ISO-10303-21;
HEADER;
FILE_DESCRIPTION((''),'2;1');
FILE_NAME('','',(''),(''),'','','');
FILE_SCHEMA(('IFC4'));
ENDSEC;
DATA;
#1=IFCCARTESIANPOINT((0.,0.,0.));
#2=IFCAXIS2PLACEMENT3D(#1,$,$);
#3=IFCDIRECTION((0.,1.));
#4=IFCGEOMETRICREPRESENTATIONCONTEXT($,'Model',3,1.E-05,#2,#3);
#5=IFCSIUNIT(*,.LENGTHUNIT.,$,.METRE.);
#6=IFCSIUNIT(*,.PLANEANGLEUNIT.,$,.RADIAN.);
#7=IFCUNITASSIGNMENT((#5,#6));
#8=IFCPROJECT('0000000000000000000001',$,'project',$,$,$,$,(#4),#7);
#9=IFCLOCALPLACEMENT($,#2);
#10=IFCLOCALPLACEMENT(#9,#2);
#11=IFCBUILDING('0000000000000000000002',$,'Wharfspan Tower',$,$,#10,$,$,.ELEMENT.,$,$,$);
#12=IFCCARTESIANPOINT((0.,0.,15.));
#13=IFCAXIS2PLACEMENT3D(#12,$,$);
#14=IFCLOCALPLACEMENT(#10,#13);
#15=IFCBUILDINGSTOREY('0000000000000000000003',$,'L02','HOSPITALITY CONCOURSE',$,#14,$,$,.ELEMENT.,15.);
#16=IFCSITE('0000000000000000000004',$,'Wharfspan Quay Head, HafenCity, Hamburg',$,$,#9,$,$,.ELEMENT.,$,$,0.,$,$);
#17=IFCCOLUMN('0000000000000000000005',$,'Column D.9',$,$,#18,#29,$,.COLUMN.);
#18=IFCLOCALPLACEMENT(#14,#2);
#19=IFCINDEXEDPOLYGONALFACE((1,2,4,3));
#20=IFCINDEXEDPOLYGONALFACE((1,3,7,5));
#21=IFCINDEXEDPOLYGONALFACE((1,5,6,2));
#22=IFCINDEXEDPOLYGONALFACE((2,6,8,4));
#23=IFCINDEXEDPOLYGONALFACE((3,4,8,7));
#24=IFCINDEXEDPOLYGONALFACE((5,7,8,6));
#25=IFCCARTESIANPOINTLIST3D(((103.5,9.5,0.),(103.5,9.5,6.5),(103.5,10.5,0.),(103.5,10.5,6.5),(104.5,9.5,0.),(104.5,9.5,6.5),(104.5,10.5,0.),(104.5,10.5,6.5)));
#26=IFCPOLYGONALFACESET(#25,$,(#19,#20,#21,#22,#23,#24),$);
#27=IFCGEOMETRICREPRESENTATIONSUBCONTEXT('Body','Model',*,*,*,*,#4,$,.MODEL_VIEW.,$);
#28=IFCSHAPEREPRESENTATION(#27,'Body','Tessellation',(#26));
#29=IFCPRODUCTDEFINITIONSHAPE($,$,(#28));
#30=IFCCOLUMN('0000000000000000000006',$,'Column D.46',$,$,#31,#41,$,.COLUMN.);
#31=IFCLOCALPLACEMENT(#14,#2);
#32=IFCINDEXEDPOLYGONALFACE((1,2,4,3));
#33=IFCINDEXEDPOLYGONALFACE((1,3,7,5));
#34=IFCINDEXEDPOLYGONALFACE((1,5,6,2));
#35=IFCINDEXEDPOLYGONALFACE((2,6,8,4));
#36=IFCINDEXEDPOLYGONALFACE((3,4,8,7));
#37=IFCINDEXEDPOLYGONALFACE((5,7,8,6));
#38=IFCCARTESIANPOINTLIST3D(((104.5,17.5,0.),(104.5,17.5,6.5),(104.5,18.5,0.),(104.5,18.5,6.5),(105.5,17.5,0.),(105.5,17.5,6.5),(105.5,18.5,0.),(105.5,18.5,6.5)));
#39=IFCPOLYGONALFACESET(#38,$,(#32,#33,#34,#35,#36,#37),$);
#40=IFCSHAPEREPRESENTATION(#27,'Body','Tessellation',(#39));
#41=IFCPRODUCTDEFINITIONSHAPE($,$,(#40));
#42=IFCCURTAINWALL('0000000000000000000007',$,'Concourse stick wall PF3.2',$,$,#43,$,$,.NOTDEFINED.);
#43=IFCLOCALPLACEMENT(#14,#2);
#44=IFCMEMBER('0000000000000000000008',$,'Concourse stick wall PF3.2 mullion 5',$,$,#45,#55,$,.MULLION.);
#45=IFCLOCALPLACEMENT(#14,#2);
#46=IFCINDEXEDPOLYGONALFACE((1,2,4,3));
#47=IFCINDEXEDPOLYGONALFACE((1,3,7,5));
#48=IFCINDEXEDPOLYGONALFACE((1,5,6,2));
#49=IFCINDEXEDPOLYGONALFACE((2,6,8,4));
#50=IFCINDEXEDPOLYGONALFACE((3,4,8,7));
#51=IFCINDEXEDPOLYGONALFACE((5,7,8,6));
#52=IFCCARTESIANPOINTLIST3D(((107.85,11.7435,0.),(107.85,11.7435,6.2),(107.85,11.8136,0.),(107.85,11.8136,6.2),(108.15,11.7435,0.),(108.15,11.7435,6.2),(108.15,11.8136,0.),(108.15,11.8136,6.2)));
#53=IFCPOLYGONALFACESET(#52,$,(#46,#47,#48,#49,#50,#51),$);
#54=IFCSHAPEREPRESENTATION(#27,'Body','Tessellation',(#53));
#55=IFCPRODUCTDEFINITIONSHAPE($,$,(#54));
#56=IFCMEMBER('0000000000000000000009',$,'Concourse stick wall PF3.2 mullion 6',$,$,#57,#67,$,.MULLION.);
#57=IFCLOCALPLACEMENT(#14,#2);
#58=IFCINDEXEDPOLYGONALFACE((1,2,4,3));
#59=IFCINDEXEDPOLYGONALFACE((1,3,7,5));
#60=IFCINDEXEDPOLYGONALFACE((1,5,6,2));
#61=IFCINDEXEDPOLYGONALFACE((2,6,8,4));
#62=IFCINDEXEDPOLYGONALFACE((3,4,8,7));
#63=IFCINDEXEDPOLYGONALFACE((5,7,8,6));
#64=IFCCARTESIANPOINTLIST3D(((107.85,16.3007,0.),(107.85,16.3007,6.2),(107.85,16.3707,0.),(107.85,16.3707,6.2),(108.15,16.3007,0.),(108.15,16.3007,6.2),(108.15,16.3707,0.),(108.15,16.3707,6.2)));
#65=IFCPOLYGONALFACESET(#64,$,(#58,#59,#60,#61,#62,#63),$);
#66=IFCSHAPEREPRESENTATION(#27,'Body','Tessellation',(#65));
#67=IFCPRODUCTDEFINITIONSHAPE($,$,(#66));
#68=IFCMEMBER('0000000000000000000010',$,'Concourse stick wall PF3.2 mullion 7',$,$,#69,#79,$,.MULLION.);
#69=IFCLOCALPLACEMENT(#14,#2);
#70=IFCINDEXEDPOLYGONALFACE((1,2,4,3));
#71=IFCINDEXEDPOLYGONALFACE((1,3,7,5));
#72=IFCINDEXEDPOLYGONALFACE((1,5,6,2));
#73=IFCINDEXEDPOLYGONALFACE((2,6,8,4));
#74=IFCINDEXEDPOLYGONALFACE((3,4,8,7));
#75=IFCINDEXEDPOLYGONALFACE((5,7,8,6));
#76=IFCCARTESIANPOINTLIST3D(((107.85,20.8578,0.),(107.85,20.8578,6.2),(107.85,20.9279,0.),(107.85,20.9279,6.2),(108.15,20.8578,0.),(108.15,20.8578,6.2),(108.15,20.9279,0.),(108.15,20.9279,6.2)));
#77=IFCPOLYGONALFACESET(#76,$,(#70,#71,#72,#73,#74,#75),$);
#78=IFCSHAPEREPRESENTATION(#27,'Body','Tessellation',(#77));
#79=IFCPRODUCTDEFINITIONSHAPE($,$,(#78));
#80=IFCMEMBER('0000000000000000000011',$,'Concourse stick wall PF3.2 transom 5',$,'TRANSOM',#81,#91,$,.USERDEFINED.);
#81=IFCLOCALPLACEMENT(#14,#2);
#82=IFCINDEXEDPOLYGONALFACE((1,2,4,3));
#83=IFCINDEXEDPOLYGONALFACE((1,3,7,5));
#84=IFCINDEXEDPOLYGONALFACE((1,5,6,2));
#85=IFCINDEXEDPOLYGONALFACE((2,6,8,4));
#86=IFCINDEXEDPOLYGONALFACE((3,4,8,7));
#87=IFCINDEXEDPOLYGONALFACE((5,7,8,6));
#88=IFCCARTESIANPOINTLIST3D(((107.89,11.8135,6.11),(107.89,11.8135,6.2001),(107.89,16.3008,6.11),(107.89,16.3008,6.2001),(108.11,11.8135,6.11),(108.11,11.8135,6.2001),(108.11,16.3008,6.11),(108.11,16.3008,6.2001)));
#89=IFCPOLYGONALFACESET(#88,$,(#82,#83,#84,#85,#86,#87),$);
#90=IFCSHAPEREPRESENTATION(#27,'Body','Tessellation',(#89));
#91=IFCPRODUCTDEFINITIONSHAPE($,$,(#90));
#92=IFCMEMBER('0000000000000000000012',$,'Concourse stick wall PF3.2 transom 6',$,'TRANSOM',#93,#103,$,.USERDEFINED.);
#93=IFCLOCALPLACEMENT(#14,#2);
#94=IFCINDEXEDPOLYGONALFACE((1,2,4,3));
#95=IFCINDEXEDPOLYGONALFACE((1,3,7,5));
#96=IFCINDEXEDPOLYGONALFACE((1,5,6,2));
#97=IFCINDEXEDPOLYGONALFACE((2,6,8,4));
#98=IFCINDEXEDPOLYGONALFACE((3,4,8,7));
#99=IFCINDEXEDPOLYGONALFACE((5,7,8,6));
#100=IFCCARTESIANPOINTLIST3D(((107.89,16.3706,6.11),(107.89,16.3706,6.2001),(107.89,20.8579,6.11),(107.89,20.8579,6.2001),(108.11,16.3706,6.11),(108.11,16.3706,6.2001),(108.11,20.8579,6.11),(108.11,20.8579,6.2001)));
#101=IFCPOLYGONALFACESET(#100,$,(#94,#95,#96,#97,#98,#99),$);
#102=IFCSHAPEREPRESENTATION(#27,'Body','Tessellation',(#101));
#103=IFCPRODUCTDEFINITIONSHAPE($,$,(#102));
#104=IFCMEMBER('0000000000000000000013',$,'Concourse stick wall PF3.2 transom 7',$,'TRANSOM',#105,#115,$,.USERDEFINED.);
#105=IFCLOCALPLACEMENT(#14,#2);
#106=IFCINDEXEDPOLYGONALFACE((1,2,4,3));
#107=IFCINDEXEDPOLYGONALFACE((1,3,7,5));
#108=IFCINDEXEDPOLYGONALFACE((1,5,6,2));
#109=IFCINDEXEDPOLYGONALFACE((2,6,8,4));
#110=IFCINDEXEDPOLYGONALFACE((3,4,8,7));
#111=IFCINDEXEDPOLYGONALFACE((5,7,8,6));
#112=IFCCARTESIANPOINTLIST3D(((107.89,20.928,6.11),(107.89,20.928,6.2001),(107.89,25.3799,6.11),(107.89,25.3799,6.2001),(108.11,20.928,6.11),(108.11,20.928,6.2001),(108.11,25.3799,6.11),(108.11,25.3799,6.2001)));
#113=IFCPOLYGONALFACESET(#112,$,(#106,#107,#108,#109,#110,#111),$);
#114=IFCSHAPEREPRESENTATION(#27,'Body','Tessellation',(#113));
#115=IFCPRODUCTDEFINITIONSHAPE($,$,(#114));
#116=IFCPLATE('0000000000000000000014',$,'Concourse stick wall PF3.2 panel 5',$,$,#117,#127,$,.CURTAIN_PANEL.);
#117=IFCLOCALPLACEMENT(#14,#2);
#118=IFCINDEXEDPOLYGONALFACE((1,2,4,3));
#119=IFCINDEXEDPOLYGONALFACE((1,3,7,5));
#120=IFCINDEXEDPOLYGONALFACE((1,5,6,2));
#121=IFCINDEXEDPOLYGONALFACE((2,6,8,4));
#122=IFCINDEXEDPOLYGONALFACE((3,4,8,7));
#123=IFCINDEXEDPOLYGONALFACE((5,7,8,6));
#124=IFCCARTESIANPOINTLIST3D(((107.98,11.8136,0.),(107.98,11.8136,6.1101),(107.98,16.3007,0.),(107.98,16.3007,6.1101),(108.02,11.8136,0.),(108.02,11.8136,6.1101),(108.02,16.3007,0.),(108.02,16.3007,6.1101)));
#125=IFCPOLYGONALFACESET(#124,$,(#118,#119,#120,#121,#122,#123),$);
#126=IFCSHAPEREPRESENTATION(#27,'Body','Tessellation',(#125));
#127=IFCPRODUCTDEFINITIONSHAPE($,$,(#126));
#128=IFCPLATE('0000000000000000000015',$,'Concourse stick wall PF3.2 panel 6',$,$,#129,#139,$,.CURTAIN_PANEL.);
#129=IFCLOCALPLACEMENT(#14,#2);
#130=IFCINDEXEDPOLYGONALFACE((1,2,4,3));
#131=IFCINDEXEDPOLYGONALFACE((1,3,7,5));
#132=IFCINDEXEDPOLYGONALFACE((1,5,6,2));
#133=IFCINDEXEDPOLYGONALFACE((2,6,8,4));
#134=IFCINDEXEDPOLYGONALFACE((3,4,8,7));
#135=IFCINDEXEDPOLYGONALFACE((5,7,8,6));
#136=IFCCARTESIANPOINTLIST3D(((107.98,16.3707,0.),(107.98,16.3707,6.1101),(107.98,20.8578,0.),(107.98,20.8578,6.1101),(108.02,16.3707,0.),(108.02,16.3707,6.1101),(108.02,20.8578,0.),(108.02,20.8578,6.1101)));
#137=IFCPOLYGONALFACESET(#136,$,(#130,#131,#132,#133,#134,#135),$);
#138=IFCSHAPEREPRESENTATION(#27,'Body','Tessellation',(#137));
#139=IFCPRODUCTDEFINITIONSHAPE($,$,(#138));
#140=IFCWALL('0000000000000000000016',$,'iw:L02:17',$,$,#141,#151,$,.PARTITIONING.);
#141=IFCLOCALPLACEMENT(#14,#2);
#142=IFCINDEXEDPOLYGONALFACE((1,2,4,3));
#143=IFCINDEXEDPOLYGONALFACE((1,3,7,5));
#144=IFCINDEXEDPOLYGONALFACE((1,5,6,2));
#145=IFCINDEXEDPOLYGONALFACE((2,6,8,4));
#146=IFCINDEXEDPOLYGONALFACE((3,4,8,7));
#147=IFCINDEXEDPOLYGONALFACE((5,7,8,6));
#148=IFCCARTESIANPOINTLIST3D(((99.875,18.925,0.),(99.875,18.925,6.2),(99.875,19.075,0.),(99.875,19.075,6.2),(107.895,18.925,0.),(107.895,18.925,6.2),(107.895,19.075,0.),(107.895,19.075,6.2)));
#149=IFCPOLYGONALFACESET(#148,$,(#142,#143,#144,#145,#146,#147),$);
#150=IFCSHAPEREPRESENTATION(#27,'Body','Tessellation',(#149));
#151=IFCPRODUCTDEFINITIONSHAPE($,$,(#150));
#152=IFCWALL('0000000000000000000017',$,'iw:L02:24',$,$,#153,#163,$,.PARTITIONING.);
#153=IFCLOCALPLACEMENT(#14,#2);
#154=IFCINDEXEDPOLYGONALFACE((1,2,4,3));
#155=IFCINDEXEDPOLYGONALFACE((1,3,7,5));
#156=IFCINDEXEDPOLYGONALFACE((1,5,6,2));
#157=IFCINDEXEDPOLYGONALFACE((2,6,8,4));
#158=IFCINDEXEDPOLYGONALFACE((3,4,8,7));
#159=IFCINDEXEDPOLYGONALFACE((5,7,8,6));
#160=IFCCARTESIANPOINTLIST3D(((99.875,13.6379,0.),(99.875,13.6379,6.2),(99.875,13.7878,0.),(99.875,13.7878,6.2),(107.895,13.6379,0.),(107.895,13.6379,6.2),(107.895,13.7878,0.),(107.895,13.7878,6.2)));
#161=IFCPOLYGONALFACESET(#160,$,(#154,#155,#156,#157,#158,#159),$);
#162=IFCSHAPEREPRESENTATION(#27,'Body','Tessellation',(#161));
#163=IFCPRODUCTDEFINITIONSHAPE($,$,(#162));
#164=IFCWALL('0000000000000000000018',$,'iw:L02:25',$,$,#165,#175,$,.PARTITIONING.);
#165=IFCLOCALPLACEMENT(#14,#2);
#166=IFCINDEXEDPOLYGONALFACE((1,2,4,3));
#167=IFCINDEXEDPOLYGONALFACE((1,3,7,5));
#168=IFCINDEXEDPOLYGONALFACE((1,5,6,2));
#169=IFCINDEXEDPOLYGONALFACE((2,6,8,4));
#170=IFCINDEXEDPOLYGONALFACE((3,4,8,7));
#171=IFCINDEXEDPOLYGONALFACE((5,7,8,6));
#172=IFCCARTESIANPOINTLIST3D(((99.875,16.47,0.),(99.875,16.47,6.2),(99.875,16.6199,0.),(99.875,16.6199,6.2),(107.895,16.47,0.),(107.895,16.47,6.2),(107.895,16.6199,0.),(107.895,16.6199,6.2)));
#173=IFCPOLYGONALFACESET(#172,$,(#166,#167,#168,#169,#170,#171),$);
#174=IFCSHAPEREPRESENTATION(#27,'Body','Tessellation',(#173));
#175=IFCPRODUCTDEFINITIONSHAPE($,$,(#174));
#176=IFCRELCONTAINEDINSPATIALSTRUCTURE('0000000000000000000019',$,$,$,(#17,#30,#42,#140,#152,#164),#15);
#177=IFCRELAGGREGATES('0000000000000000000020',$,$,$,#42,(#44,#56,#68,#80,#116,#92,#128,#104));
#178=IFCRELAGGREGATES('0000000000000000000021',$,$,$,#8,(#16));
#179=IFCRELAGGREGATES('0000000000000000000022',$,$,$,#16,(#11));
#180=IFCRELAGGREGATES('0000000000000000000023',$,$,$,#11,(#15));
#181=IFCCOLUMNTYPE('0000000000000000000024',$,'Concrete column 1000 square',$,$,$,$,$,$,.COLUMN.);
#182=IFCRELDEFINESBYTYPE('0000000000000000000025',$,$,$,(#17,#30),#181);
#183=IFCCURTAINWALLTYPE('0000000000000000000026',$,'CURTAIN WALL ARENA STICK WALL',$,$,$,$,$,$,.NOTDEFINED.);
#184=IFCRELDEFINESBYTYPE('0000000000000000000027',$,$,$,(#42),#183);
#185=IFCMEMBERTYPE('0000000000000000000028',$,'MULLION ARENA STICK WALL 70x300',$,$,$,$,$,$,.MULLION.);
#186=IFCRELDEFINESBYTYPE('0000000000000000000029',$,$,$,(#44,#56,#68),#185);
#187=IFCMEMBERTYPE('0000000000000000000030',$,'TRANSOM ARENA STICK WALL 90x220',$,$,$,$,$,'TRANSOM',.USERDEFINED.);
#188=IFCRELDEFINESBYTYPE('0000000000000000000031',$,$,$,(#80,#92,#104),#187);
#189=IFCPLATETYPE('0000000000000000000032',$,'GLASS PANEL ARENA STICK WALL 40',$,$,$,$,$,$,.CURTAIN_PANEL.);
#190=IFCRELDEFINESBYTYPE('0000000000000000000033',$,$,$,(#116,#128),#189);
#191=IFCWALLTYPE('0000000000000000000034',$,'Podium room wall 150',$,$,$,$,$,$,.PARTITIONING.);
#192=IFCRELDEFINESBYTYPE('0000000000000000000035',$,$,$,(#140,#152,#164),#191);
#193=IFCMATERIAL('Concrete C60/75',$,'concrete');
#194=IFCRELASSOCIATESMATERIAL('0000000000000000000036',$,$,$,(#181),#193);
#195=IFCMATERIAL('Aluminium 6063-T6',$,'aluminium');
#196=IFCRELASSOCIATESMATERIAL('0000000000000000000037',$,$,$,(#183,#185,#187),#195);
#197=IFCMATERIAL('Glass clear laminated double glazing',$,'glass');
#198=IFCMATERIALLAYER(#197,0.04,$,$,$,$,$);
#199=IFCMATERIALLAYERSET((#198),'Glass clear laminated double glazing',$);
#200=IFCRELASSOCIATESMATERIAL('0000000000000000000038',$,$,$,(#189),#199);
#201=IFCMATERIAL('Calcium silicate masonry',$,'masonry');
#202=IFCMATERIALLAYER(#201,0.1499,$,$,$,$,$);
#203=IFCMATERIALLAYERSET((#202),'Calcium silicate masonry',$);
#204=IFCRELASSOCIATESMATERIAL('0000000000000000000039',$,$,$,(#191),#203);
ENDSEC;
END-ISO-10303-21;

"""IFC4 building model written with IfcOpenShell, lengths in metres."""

from ifc_helpers import new_model, si_unit, direction, frame, frame_2d, origin, origin_2d, place, context, subcontext, project, spatial, rectangle, extrude, material, layer, layer_set, material_profile, profile_set, type_object, element, aggregate, save


model = new_model("IFC4")

# Units and contexts
model_context = context("Model", 3, precision=1e-05, world=origin(), true_north=direction((0.0, 1.0)))
body_context = subcontext(model_context, "Body", "Model", "MODEL_VIEW")
ifc_project = project(units=[si_unit("LENGTHUNIT", "METRE"), si_unit("PLANEANGLEUNIT", "RADIAN")], contexts=[model_context])

# Site, building, storey
site_placement = place(None, origin())
site = spatial("IfcSite", under=ifc_project, at=site_placement, Name="Wharfspan Quay Head, HafenCity, Hamburg", CompositionType="ELEMENT", RefElevation=0.0)
building_placement = place(site_placement, origin())
building = spatial("IfcBuilding", under=site, at=building_placement, Name="Wharfspan Tower", CompositionType="ELEMENT")
storey_placement = place(building_placement, frame((0.0, 0.0, 15.0)))
storey = spatial("IfcBuildingStorey", under=building, at=storey_placement, Name="L02", Description="HOSPITALITY CONCOURSE", CompositionType="ELEMENT", Elevation=15.0)

# Columns
ifc_material_1 = material(Name="Concrete C60/75", Category="concrete")
ifc_material_profile_1 = material_profile(ifc_material_1, rectangle(XDim=1.0, YDim=1.0, at=origin_2d()))
ifc_profile_set_1 = profile_set([ifc_material_profile_1], Name="Concrete C60/75")
column_type = type_object("IfcColumnType", Name="Concrete column 1000 square", PredefinedType="COLUMN", material=ifc_profile_set_1)
for number, where, z_axis, x_axis, name in (
    (1, (104.0, 10.0, 0.0), (0.0, 0.0, 1.0), (1.0, 0.0, 0.0), "Column D.9"),
    (2, (105.0, 18.0, 0.0), (0.0, 0.0, 1.0), (1.0, 0.0, 0.0), "Column D.46"),
):
    element("IfcColumn", number, at=place(storey_placement, frame(where, z_axis=z_axis, x_axis=x_axis)), inside=storey, type_object=column_type, Name=name, PredefinedType="COLUMN", context=body_context, shape_type="SweptSolid", body=[
        extrude(rectangle(XDim=1.0, YDim=1.0, at=origin_2d()), origin(), (0.0, 0.0, 1.0), 6.5),
    ])

# Curtain wall, members, plates
ifc_material_2 = material(Name="Aluminium 6063-T6", Category="aluminium")
curtain_wall_type = type_object("IfcCurtainWallType", Name="CURTAIN WALL ARENA STICK WALL", PredefinedType="NOTDEFINED", material=ifc_material_2)
curtain_wall_placement = place(storey_placement, origin())
curtain_wall = element("IfcCurtainWall", 3, at=curtain_wall_placement, inside=storey, type_object=curtain_wall_type, Name="Concourse stick wall PF3.2", PredefinedType="NOTDEFINED")
ifc_material_profile_2 = material_profile(ifc_material_2, rectangle(XDim=0.3, YDim=0.0701, at=origin_2d()))
ifc_profile_set_2 = profile_set([ifc_material_profile_2], Name="Aluminium 6063-T6")
member_type_1 = type_object("IfcMemberType", Name="MULLION ARENA STICK WALL 70x300", PredefinedType="MULLION", material=ifc_profile_set_2)
member_1_placement = place(storey_placement, frame((108.0, 11.7786, 0.0), z_axis=(0.0, 0.0, 1.0), x_axis=(-1.0, 0.0, 0.0)))
member_1 = element("IfcMember", 4, at=member_1_placement, type_object=member_type_1, Name="Concourse stick wall PF3.2 mullion 5", PredefinedType="MULLION", context=body_context, shape_type="SweptSolid", body=[
    extrude(rectangle(XDim=0.3, YDim=0.0701, at=origin_2d()), origin(), (0.0, 0.0, 1.0), 6.2),
])
member_2_placement = place(storey_placement, frame((108.0, 16.3357, 0.0), z_axis=(0.0, 0.0, 1.0), x_axis=(-1.0, 0.0, 0.0)))
member_2 = element("IfcMember", 5, at=member_2_placement, type_object=member_type_1, Name="Concourse stick wall PF3.2 mullion 6", PredefinedType="MULLION", context=body_context, shape_type="SweptSolid", body=[
    extrude(rectangle(XDim=0.3, YDim=0.0701, at=origin_2d()), origin(), (0.0, 0.0, 1.0), 6.2),
])
member_3_placement = place(storey_placement, frame((108.0, 20.8928, 0.0), z_axis=(0.0, 0.0, 1.0), x_axis=(-1.0, 0.0, 0.0)))
member_3 = element("IfcMember", 6, at=member_3_placement, type_object=member_type_1, Name="Concourse stick wall PF3.2 mullion 7", PredefinedType="MULLION", context=body_context, shape_type="SweptSolid", body=[
    extrude(rectangle(XDim=0.3, YDim=0.0701, at=origin_2d()), origin(), (0.0, 0.0, 1.0), 6.2),
])
ifc_material_profile_3 = material_profile(ifc_material_2, rectangle(XDim=0.22, YDim=0.0901, at=origin_2d()))
ifc_profile_set_3 = profile_set([ifc_material_profile_3], Name="Aluminium 6063-T6")
member_type_2 = type_object("IfcMemberType", Name="TRANSOM ARENA STICK WALL 90x220", ElementType="TRANSOM", PredefinedType="USERDEFINED", material=ifc_profile_set_3)
member_4_placement = place(storey_placement, frame((108.0, 11.8135, 6.155), z_axis=(0.0, 1.0, 0.0), x_axis=(-1.0, 0.0, 0.0)))
member_4 = element("IfcMember", 7, at=member_4_placement, type_object=member_type_2, Name="Concourse stick wall PF3.2 transom 5", ObjectType="TRANSOM", PredefinedType="USERDEFINED", context=body_context, shape_type="SweptSolid", body=[
    extrude(rectangle(XDim=0.22, YDim=0.0901, at=origin_2d()), origin(), (0.0, 0.0, 1.0), 4.4873),
])
member_5_placement = place(storey_placement, frame((108.0, 16.3706, 6.155), z_axis=(0.0, 1.0, 0.0), x_axis=(-1.0, 0.0, 0.0)))
member_5 = element("IfcMember", 8, at=member_5_placement, type_object=member_type_2, Name="Concourse stick wall PF3.2 transom 6", ObjectType="TRANSOM", PredefinedType="USERDEFINED", context=body_context, shape_type="SweptSolid", body=[
    extrude(rectangle(XDim=0.22, YDim=0.0901, at=origin_2d()), origin(), (0.0, 0.0, 1.0), 4.4873),
])
member_6_placement = place(storey_placement, frame((108.0, 20.928, 6.155), z_axis=(0.0, 1.0, 0.0), x_axis=(-1.0, 0.0, 0.0)))
member_6 = element("IfcMember", 9, at=member_6_placement, type_object=member_type_2, Name="Concourse stick wall PF3.2 transom 7", ObjectType="TRANSOM", PredefinedType="USERDEFINED", context=body_context, shape_type="SweptSolid", body=[
    extrude(rectangle(XDim=0.22, YDim=0.0901, at=origin_2d()), origin(), (0.0, 0.0, 1.0), 4.4519),
])
ifc_material_3 = material(Name="Glass clear laminated double glazing", Category="glass")
ifc_layer_1 = layer(ifc_material_3, 0.04)
ifc_layer_set_1 = layer_set([ifc_layer_1], Name="Glass clear laminated double glazing")
plate_type = type_object("IfcPlateType", Name="GLASS PANEL ARENA STICK WALL 40", PredefinedType="CURTAIN_PANEL", material=ifc_layer_set_1)
plate_1_placement = place(storey_placement, frame((108.0, 14.0571, 0.0), z_axis=(0.0, 0.0, 1.0), x_axis=(0.0, 1.0, 0.0)))
plate_1 = element("IfcPlate", 10, at=plate_1_placement, type_object=plate_type, Name="Concourse stick wall PF3.2 panel 5", PredefinedType="CURTAIN_PANEL", context=body_context, shape_type="SweptSolid", body=[
    extrude(rectangle(XDim=4.4871, YDim=0.04, at=origin_2d()), origin(), (0.0, 0.0, 1.0), 6.1101),
])
plate_2_placement = place(storey_placement, frame((108.0, 18.6143, 0.0), z_axis=(0.0, 0.0, 1.0), x_axis=(0.0, 1.0, 0.0)))
plate_2 = element("IfcPlate", 11, at=plate_2_placement, type_object=plate_type, Name="Concourse stick wall PF3.2 panel 6", PredefinedType="CURTAIN_PANEL", context=body_context, shape_type="SweptSolid", body=[
    extrude(rectangle(XDim=4.4871, YDim=0.04, at=origin_2d()), origin(), (0.0, 0.0, 1.0), 6.1101),
])
aggregate(curtain_wall, [member_1, member_2, member_3, member_4, plate_1, member_5, plate_2, member_6])

# Walls
ifc_material_4 = material(Name="Calcium silicate masonry", Category="masonry")
ifc_layer_2 = layer(ifc_material_4, 0.1499)
ifc_layer_set_2 = layer_set([ifc_layer_2], Name="Calcium silicate masonry")
wall_type_1 = type_object("IfcWallType", Name="Podium room wall 150", PredefinedType="PARTITIONING", material=ifc_layer_set_2)
for number, where, z_axis, x_axis, name in (
    (12, (99.875, 19.0, 0.0), (0.0, 0.0, 1.0), (1.0, 0.0, 0.0), "iw:L02:17"),
    (13, (99.875, 13.7129, 0.0), (0.0, 0.0, 1.0), (1.0, 0.0, 0.0), "iw:L02:24"),
    (14, (99.875, 16.5449, 0.0), (0.0, 0.0, 1.0), (1.0, 0.0, 0.0), "iw:L02:25"),
):
    element("IfcWall", number, at=place(storey_placement, frame(where, z_axis=z_axis, x_axis=x_axis)), inside=storey, type_object=wall_type_1, Name=name, PredefinedType="PARTITIONING", context=body_context, shape_type="SweptSolid", body=[
        extrude(rectangle(XDim=8.02, YDim=0.1499, at=frame_2d((4.01, 0.0))), origin(), (0.0, 0.0, 1.0), 6.2),
    ])

save(model, "model.ifc")
